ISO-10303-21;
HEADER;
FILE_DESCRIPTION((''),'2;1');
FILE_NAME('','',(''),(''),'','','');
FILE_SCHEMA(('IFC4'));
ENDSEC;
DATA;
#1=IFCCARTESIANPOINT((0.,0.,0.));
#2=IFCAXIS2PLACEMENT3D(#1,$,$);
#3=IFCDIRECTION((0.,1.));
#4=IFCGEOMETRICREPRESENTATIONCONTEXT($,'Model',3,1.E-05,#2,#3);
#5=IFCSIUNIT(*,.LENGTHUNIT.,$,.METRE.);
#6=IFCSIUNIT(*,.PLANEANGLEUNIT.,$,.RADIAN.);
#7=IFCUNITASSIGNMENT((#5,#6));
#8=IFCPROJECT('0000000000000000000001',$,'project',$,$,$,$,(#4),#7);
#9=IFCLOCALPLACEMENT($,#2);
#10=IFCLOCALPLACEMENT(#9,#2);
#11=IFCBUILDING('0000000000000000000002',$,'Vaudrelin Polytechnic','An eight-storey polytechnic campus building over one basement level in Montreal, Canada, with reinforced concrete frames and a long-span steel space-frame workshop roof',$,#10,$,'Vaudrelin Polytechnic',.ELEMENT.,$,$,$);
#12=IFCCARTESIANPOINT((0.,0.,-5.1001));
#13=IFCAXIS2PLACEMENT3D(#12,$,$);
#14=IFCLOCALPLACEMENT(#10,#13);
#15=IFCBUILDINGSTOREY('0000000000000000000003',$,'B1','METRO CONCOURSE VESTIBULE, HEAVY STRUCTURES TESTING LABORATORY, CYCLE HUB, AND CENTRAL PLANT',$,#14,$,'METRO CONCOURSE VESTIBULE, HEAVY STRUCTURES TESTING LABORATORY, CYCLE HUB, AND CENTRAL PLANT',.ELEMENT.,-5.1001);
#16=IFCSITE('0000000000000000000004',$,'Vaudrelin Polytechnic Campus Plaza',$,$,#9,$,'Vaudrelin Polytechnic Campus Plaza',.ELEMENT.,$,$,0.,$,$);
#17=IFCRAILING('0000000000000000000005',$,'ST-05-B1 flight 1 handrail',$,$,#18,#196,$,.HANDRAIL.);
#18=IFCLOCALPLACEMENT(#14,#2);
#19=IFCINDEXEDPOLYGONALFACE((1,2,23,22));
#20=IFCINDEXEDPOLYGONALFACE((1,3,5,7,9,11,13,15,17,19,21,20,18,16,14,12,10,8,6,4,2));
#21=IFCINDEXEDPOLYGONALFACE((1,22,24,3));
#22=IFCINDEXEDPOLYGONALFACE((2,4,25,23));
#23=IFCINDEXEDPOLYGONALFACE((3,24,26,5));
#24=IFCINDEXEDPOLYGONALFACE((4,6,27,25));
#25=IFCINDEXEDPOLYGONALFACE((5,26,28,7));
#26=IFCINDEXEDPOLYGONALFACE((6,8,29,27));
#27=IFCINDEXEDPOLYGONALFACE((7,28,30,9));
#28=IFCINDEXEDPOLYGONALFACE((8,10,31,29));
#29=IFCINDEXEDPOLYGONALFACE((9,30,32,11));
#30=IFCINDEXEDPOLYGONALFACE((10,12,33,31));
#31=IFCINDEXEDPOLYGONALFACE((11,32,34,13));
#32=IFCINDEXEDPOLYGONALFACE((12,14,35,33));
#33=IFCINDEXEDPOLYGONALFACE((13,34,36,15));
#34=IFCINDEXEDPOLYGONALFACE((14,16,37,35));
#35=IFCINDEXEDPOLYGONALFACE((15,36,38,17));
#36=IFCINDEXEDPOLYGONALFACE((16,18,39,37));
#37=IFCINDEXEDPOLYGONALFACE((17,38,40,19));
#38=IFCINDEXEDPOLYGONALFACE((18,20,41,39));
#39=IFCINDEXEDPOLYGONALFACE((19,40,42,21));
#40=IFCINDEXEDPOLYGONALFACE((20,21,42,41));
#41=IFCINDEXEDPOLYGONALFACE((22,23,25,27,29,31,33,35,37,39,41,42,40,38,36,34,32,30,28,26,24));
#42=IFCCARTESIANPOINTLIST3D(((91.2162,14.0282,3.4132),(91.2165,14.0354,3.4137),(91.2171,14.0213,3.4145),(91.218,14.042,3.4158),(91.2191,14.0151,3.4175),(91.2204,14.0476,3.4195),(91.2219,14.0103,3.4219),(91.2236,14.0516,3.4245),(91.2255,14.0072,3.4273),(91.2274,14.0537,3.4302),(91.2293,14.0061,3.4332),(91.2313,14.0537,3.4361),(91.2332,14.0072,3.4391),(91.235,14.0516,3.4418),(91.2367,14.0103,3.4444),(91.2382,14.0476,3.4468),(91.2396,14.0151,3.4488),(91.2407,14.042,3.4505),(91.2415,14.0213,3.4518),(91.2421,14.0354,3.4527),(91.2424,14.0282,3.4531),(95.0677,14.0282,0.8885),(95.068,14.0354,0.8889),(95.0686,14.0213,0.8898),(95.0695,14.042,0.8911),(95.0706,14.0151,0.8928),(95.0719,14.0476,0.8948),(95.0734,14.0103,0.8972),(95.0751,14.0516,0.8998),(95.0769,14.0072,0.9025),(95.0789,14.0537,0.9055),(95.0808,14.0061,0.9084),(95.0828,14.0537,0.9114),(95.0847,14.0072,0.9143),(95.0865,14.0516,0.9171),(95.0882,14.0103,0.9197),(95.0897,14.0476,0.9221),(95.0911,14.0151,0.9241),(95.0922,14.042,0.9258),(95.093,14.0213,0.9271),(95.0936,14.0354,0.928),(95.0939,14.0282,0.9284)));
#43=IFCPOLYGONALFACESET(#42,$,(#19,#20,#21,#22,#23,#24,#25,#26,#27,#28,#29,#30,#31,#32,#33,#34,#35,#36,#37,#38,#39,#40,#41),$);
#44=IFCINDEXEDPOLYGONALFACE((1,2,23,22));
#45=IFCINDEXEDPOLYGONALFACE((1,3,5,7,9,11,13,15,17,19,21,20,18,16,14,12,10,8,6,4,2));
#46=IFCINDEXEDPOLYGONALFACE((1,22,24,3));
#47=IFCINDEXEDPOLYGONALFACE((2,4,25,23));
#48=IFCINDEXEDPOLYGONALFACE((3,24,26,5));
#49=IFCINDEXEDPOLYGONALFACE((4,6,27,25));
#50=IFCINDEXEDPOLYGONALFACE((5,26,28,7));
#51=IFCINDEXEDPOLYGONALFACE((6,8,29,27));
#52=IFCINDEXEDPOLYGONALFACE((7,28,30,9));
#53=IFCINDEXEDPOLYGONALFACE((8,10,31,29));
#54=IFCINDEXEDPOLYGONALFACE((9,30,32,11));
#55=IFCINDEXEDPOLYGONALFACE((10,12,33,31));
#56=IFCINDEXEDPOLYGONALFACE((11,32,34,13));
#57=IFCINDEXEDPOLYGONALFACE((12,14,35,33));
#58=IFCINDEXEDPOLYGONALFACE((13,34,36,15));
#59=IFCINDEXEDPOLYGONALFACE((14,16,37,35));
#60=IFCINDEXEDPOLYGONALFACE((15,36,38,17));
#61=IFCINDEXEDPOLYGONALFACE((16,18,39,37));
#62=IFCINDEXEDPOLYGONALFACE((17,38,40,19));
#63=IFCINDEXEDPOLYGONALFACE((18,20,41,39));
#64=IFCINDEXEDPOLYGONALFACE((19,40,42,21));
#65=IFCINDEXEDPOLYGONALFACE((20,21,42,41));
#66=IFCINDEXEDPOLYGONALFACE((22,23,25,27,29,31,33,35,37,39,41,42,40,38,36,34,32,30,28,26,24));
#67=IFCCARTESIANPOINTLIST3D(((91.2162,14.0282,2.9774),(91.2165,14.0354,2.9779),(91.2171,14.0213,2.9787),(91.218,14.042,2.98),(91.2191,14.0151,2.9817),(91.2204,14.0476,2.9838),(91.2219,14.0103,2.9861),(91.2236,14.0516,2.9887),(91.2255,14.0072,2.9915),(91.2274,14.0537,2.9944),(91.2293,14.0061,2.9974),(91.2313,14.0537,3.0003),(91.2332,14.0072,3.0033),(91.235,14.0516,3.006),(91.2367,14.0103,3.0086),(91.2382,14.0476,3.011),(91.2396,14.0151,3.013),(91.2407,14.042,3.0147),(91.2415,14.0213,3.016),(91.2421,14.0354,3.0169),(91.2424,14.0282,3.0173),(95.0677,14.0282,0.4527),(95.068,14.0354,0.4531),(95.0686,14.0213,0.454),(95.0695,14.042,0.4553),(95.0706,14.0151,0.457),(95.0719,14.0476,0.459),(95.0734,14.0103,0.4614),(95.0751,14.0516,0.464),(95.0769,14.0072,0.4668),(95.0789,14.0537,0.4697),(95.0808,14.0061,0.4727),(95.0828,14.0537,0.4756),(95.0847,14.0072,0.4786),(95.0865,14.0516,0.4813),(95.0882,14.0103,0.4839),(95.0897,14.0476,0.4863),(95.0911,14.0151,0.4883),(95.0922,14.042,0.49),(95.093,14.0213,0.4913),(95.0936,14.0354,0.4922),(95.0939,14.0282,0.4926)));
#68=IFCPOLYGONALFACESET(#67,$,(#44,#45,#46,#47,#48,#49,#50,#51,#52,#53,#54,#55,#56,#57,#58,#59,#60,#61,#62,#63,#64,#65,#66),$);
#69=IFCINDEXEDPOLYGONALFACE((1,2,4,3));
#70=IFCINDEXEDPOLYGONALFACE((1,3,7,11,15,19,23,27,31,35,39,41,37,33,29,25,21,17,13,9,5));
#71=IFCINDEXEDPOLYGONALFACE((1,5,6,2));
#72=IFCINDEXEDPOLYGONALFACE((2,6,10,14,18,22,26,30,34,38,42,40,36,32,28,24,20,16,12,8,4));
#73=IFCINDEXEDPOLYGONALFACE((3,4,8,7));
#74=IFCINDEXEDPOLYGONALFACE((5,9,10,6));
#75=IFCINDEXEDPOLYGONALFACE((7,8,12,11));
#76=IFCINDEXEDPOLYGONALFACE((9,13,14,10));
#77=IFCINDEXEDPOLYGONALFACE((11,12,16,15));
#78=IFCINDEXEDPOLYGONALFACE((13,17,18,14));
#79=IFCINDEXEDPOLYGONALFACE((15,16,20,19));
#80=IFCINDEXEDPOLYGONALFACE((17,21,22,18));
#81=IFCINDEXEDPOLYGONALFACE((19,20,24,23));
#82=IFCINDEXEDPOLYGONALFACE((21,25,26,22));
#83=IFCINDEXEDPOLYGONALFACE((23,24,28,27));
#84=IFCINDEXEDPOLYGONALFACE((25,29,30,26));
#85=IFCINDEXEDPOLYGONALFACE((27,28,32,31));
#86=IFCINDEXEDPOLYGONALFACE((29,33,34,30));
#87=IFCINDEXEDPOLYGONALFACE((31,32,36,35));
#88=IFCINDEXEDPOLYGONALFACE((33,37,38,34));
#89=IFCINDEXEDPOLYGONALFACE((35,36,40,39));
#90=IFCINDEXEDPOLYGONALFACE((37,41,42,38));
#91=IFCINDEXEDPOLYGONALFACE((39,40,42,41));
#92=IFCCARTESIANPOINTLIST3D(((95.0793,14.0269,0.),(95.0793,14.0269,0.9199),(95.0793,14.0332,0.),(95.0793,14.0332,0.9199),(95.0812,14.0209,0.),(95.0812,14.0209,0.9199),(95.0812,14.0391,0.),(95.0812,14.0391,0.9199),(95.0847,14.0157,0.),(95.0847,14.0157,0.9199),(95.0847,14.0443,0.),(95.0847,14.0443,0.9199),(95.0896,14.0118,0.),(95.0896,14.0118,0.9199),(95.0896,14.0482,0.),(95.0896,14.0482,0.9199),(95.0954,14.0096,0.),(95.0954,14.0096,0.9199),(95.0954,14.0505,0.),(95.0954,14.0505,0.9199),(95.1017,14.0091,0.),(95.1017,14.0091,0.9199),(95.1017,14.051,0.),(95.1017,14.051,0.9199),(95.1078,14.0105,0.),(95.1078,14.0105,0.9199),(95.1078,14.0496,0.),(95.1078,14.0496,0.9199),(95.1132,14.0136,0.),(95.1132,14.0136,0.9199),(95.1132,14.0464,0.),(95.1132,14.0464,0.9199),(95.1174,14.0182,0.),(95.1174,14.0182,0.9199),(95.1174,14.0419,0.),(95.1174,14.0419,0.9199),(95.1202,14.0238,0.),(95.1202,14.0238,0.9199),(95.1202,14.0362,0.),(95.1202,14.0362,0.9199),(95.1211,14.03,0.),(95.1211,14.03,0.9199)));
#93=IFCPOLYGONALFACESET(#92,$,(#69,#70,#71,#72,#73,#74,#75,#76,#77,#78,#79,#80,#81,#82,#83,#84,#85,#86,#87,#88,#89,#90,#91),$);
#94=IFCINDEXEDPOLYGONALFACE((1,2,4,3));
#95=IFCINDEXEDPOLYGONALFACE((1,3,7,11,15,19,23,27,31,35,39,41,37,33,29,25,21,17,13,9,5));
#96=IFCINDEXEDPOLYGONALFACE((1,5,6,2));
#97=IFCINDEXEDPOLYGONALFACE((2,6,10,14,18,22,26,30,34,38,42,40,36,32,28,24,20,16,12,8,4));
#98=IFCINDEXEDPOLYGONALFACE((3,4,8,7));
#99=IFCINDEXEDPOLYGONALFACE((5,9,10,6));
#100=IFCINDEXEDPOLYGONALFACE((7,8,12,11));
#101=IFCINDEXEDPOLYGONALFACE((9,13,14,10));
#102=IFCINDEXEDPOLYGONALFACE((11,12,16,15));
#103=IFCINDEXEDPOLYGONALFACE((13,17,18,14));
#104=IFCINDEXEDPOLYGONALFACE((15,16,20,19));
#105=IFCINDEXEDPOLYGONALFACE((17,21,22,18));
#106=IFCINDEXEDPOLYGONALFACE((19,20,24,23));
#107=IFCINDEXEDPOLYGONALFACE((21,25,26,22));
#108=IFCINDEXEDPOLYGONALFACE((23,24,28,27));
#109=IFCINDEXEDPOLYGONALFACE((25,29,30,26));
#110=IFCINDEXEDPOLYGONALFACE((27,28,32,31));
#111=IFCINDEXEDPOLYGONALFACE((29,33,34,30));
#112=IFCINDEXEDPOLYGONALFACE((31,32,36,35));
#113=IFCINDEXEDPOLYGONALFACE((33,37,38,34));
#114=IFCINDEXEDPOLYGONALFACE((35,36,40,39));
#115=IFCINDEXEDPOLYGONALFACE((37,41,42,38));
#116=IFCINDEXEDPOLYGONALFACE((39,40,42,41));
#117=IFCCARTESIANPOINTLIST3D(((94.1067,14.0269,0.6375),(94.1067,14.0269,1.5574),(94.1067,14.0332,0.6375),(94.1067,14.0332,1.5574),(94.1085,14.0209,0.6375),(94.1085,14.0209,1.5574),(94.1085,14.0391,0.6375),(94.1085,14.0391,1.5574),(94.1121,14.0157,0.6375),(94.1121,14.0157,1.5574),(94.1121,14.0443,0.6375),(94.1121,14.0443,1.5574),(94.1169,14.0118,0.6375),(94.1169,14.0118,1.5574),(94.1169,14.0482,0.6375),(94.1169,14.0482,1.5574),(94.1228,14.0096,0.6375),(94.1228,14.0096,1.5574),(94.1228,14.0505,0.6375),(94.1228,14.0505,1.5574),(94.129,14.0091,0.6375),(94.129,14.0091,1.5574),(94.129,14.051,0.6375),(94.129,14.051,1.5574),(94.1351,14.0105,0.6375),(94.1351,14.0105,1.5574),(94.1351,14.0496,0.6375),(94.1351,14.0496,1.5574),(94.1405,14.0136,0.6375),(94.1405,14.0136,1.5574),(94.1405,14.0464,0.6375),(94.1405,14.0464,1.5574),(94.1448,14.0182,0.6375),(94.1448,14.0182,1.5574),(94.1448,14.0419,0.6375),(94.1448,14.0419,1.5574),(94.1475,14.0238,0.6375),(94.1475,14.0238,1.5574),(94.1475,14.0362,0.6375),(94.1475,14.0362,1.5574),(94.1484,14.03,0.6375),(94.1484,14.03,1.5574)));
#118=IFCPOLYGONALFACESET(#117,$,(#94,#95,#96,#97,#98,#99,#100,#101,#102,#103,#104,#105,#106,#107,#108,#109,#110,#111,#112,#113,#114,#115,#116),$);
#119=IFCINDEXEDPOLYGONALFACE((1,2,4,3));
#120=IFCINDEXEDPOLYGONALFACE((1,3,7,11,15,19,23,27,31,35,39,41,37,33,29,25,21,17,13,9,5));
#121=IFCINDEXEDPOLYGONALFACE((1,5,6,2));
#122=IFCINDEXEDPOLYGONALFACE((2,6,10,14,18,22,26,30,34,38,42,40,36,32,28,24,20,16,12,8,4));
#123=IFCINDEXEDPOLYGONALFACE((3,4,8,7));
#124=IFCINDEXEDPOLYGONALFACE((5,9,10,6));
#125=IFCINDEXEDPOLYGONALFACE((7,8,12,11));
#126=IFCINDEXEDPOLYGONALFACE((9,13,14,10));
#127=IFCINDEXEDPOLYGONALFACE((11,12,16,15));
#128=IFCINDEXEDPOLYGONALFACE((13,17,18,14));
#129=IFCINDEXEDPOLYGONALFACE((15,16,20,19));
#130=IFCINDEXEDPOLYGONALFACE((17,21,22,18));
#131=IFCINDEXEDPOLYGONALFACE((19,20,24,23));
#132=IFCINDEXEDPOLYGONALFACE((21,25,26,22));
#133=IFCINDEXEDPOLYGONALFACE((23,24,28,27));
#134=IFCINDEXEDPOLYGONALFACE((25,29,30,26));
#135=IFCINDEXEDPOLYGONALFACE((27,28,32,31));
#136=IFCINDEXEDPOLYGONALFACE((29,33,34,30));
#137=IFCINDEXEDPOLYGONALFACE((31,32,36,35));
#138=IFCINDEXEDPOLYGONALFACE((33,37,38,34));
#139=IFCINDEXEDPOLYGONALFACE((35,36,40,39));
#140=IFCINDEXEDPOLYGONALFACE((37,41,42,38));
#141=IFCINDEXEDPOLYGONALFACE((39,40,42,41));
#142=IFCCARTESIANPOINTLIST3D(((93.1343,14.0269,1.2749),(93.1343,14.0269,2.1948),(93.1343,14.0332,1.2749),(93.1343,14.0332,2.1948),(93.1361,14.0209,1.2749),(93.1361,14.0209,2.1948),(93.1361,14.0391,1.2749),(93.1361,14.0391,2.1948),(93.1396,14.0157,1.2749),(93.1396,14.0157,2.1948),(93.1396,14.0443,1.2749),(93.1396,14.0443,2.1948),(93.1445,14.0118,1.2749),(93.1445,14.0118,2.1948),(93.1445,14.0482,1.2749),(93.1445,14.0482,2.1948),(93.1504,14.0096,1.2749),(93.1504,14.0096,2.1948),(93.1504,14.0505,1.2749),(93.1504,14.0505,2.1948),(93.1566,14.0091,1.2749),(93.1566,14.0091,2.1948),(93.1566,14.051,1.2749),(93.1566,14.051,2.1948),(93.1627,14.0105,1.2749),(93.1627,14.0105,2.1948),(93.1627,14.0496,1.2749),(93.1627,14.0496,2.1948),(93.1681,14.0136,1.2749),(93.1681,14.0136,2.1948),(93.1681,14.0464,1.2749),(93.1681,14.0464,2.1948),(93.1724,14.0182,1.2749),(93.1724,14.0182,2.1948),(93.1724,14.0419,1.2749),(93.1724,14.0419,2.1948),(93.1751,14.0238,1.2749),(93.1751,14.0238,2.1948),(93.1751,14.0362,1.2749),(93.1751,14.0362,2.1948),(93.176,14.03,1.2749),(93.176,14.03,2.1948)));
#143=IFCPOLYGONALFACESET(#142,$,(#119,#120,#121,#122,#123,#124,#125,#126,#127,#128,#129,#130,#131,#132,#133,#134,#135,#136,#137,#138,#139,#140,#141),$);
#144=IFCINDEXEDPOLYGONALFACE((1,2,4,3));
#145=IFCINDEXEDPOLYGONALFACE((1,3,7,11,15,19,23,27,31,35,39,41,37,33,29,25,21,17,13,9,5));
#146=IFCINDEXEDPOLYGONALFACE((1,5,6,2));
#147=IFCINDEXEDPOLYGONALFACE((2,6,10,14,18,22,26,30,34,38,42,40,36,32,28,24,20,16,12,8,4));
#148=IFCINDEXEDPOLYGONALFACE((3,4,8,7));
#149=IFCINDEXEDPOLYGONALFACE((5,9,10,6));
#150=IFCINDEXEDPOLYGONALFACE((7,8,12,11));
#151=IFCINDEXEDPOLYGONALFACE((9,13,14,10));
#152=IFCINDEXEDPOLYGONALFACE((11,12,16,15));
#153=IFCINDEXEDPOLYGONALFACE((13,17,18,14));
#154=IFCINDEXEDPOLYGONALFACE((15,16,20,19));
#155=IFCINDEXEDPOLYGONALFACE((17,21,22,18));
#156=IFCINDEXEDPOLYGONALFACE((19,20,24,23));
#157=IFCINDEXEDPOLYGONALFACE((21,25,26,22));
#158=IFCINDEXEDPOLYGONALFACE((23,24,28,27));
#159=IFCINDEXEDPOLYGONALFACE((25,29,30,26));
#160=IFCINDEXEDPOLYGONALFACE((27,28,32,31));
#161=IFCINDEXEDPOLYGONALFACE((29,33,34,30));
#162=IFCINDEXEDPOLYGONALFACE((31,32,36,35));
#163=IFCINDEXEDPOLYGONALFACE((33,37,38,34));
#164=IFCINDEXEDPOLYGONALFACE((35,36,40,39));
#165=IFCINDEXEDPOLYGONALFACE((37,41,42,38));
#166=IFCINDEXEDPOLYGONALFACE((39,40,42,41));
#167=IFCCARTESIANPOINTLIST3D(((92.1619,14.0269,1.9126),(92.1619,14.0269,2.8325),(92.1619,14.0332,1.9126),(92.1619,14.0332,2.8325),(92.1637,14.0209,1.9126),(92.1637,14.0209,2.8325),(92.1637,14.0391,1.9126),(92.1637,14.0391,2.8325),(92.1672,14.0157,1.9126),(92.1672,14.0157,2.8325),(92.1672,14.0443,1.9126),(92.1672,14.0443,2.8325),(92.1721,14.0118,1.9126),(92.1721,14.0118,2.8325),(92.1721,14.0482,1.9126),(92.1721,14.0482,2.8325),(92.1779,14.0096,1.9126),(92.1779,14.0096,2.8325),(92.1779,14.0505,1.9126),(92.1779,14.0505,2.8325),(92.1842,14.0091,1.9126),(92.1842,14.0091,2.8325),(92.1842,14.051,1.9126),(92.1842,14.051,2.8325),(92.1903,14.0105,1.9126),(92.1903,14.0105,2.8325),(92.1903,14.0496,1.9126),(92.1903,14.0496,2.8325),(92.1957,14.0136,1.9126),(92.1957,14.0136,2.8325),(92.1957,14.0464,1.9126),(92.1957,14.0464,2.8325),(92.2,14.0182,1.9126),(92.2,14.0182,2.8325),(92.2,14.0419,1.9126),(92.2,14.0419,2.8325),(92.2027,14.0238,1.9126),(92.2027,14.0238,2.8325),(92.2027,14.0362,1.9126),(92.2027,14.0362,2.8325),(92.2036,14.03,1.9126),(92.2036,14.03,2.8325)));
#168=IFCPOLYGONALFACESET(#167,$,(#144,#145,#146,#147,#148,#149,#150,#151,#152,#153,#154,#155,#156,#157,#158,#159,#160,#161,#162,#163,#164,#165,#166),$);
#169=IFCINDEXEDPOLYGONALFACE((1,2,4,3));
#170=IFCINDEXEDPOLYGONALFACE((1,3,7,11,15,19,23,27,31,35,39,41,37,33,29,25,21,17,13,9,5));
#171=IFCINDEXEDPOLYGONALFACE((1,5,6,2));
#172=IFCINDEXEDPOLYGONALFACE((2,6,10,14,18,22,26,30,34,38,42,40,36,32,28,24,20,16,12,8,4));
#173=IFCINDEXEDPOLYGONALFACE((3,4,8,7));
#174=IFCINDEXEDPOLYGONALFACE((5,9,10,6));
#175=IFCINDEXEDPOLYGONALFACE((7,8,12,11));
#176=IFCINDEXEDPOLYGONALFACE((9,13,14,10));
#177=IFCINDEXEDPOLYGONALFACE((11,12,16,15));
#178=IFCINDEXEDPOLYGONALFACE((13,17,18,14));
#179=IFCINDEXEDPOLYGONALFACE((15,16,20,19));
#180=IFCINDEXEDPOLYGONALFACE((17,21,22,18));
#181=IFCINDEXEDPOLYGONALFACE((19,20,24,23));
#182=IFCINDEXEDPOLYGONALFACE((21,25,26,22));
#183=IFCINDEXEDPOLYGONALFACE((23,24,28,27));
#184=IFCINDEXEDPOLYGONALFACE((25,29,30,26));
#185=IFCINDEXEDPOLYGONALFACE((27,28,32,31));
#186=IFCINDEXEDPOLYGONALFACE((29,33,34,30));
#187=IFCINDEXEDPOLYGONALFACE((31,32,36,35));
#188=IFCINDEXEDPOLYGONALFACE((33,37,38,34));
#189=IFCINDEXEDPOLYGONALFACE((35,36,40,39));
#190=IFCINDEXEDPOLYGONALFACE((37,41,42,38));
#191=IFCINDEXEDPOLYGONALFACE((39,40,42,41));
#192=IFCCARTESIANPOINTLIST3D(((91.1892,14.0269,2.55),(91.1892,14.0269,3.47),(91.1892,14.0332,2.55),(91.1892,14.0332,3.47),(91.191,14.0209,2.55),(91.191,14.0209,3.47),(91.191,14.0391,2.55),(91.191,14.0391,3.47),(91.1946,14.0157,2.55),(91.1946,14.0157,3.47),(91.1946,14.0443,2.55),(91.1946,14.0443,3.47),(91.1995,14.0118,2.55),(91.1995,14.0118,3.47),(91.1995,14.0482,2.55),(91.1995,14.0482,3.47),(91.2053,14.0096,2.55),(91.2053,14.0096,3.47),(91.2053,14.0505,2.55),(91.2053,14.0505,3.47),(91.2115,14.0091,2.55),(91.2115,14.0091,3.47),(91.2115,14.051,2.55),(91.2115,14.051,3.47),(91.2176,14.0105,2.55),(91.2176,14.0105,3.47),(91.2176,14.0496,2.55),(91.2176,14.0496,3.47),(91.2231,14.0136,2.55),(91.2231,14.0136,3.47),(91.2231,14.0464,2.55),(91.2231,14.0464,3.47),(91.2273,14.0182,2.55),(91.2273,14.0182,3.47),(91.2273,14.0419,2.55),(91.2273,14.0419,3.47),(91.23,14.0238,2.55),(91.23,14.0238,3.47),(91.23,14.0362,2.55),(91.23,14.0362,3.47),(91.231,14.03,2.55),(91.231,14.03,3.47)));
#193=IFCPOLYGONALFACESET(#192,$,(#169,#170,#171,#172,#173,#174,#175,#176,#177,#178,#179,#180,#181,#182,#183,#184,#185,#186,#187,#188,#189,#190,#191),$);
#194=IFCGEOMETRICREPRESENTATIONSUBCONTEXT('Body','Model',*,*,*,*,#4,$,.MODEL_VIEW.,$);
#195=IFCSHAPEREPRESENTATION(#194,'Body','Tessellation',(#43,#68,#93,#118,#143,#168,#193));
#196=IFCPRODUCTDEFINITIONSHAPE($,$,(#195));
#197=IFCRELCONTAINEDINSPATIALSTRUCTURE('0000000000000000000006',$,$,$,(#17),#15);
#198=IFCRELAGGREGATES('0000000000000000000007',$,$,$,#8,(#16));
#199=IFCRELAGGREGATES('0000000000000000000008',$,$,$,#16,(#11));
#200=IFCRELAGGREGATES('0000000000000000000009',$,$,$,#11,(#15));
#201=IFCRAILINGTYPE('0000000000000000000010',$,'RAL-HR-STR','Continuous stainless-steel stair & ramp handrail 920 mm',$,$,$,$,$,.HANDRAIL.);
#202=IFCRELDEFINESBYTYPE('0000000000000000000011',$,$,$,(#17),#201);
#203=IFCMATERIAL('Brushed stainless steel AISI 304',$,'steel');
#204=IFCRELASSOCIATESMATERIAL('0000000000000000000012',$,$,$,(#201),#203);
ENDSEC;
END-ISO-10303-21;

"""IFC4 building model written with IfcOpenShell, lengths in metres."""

from ifc_helpers import new_model, si_unit, direction, frame, origin, origin_2d, place, context, subcontext, project, spatial, circle, extrude, material, type_object, element, save


model = new_model("IFC4")

# Units and contexts
model_context = context("Model", 3, precision=1e-05, world=origin(), true_north=direction((0.0, 1.0)))
body_context = subcontext(model_context, "Body", "Model", "MODEL_VIEW")
ifc_project = project(units=[si_unit("LENGTHUNIT", "METRE"), si_unit("PLANEANGLEUNIT", "RADIAN")], contexts=[model_context])

# Site, building, storey
site_placement = place(None, origin())
site = spatial("IfcSite", under=ifc_project, at=site_placement, Name="Vaudrelin Polytechnic Campus Plaza", LongName="Vaudrelin Polytechnic Campus Plaza", CompositionType="ELEMENT", RefElevation=0.0)
building_placement = place(site_placement, origin())
building = spatial("IfcBuilding", under=site, at=building_placement, Name="Vaudrelin Polytechnic", Description="An eight-storey polytechnic campus building over one basement level in Montreal, Canada, with reinforced concrete frames and a long-span steel space-frame workshop roof", LongName="Vaudrelin Polytechnic", CompositionType="ELEMENT")
storey_placement = place(building_placement, frame((0.0, 0.0, -5.1001)))
storey = spatial("IfcBuildingStorey", under=building, at=storey_placement, Name="B1", Description="METRO CONCOURSE VESTIBULE, HEAVY STRUCTURES TESTING LABORATORY, CYCLE HUB, AND CENTRAL PLANT", LongName="METRO CONCOURSE VESTIBULE, HEAVY STRUCTURES TESTING LABORATORY, CYCLE HUB, AND CENTRAL PLANT", CompositionType="ELEMENT", Elevation=-5.1001)

# Railing
ifc_material_1 = material(Name="Brushed stainless steel AISI 304", Category="steel")
railing_type_1 = type_object("IfcRailingType", Name="RAL-HR-STR", Description="Continuous stainless-steel stair & ramp handrail 920 mm", PredefinedType="HANDRAIL", material=ifc_material_1)
railing_1_placement = place(storey_placement, frame((95.1001, 14.03, 0.0)))
element("IfcRailing", 1, at=railing_1_placement, inside=storey, type_object=railing_type_1, Name="ST-05-B1 flight 1 handrail", PredefinedType="HANDRAIL", context=body_context, shape_type="SweptSolid", body=[
    extrude(circle(Radius=0.0239, at=origin_2d()), frame((-0.0193, 0.0, 0.9084), z_axis=(-0.836329, 0.0, 0.548228), x_axis=(0.0, -1.0, 0.0)), (0.0, 0.0, 1.0), 4.6052),
    extrude(circle(Radius=0.0239, at=origin_2d()), frame((-0.0193, 0.0, 0.4727), z_axis=(-0.836329, 0.0, 0.548228), x_axis=(0.0, -1.0, 0.0)), (0.0, 0.0, 1.0), 4.6052),
    extrude(circle(Radius=0.021, at=origin_2d()), origin(), (0.0, 0.0, 1.0), 0.9199),
    extrude(circle(Radius=0.021, at=origin_2d()), frame((-0.9727, 0.0, 0.6375)), (0.0, 0.0, 1.0), 0.9199),
    extrude(circle(Radius=0.021, at=origin_2d()), frame((-1.9451, 0.0, 1.2749)), (0.0, 0.0, 1.0), 0.9199),
    extrude(circle(Radius=0.021, at=origin_2d()), frame((-2.9175, 0.0, 1.9126)), (0.0, 0.0, 1.0), 0.9199),
    extrude(circle(Radius=0.021, at=origin_2d()), frame((-3.8901, 0.0, 2.55)), (0.0, 0.0, 1.0), 0.9199),
])

save(model, "model.ifc")
